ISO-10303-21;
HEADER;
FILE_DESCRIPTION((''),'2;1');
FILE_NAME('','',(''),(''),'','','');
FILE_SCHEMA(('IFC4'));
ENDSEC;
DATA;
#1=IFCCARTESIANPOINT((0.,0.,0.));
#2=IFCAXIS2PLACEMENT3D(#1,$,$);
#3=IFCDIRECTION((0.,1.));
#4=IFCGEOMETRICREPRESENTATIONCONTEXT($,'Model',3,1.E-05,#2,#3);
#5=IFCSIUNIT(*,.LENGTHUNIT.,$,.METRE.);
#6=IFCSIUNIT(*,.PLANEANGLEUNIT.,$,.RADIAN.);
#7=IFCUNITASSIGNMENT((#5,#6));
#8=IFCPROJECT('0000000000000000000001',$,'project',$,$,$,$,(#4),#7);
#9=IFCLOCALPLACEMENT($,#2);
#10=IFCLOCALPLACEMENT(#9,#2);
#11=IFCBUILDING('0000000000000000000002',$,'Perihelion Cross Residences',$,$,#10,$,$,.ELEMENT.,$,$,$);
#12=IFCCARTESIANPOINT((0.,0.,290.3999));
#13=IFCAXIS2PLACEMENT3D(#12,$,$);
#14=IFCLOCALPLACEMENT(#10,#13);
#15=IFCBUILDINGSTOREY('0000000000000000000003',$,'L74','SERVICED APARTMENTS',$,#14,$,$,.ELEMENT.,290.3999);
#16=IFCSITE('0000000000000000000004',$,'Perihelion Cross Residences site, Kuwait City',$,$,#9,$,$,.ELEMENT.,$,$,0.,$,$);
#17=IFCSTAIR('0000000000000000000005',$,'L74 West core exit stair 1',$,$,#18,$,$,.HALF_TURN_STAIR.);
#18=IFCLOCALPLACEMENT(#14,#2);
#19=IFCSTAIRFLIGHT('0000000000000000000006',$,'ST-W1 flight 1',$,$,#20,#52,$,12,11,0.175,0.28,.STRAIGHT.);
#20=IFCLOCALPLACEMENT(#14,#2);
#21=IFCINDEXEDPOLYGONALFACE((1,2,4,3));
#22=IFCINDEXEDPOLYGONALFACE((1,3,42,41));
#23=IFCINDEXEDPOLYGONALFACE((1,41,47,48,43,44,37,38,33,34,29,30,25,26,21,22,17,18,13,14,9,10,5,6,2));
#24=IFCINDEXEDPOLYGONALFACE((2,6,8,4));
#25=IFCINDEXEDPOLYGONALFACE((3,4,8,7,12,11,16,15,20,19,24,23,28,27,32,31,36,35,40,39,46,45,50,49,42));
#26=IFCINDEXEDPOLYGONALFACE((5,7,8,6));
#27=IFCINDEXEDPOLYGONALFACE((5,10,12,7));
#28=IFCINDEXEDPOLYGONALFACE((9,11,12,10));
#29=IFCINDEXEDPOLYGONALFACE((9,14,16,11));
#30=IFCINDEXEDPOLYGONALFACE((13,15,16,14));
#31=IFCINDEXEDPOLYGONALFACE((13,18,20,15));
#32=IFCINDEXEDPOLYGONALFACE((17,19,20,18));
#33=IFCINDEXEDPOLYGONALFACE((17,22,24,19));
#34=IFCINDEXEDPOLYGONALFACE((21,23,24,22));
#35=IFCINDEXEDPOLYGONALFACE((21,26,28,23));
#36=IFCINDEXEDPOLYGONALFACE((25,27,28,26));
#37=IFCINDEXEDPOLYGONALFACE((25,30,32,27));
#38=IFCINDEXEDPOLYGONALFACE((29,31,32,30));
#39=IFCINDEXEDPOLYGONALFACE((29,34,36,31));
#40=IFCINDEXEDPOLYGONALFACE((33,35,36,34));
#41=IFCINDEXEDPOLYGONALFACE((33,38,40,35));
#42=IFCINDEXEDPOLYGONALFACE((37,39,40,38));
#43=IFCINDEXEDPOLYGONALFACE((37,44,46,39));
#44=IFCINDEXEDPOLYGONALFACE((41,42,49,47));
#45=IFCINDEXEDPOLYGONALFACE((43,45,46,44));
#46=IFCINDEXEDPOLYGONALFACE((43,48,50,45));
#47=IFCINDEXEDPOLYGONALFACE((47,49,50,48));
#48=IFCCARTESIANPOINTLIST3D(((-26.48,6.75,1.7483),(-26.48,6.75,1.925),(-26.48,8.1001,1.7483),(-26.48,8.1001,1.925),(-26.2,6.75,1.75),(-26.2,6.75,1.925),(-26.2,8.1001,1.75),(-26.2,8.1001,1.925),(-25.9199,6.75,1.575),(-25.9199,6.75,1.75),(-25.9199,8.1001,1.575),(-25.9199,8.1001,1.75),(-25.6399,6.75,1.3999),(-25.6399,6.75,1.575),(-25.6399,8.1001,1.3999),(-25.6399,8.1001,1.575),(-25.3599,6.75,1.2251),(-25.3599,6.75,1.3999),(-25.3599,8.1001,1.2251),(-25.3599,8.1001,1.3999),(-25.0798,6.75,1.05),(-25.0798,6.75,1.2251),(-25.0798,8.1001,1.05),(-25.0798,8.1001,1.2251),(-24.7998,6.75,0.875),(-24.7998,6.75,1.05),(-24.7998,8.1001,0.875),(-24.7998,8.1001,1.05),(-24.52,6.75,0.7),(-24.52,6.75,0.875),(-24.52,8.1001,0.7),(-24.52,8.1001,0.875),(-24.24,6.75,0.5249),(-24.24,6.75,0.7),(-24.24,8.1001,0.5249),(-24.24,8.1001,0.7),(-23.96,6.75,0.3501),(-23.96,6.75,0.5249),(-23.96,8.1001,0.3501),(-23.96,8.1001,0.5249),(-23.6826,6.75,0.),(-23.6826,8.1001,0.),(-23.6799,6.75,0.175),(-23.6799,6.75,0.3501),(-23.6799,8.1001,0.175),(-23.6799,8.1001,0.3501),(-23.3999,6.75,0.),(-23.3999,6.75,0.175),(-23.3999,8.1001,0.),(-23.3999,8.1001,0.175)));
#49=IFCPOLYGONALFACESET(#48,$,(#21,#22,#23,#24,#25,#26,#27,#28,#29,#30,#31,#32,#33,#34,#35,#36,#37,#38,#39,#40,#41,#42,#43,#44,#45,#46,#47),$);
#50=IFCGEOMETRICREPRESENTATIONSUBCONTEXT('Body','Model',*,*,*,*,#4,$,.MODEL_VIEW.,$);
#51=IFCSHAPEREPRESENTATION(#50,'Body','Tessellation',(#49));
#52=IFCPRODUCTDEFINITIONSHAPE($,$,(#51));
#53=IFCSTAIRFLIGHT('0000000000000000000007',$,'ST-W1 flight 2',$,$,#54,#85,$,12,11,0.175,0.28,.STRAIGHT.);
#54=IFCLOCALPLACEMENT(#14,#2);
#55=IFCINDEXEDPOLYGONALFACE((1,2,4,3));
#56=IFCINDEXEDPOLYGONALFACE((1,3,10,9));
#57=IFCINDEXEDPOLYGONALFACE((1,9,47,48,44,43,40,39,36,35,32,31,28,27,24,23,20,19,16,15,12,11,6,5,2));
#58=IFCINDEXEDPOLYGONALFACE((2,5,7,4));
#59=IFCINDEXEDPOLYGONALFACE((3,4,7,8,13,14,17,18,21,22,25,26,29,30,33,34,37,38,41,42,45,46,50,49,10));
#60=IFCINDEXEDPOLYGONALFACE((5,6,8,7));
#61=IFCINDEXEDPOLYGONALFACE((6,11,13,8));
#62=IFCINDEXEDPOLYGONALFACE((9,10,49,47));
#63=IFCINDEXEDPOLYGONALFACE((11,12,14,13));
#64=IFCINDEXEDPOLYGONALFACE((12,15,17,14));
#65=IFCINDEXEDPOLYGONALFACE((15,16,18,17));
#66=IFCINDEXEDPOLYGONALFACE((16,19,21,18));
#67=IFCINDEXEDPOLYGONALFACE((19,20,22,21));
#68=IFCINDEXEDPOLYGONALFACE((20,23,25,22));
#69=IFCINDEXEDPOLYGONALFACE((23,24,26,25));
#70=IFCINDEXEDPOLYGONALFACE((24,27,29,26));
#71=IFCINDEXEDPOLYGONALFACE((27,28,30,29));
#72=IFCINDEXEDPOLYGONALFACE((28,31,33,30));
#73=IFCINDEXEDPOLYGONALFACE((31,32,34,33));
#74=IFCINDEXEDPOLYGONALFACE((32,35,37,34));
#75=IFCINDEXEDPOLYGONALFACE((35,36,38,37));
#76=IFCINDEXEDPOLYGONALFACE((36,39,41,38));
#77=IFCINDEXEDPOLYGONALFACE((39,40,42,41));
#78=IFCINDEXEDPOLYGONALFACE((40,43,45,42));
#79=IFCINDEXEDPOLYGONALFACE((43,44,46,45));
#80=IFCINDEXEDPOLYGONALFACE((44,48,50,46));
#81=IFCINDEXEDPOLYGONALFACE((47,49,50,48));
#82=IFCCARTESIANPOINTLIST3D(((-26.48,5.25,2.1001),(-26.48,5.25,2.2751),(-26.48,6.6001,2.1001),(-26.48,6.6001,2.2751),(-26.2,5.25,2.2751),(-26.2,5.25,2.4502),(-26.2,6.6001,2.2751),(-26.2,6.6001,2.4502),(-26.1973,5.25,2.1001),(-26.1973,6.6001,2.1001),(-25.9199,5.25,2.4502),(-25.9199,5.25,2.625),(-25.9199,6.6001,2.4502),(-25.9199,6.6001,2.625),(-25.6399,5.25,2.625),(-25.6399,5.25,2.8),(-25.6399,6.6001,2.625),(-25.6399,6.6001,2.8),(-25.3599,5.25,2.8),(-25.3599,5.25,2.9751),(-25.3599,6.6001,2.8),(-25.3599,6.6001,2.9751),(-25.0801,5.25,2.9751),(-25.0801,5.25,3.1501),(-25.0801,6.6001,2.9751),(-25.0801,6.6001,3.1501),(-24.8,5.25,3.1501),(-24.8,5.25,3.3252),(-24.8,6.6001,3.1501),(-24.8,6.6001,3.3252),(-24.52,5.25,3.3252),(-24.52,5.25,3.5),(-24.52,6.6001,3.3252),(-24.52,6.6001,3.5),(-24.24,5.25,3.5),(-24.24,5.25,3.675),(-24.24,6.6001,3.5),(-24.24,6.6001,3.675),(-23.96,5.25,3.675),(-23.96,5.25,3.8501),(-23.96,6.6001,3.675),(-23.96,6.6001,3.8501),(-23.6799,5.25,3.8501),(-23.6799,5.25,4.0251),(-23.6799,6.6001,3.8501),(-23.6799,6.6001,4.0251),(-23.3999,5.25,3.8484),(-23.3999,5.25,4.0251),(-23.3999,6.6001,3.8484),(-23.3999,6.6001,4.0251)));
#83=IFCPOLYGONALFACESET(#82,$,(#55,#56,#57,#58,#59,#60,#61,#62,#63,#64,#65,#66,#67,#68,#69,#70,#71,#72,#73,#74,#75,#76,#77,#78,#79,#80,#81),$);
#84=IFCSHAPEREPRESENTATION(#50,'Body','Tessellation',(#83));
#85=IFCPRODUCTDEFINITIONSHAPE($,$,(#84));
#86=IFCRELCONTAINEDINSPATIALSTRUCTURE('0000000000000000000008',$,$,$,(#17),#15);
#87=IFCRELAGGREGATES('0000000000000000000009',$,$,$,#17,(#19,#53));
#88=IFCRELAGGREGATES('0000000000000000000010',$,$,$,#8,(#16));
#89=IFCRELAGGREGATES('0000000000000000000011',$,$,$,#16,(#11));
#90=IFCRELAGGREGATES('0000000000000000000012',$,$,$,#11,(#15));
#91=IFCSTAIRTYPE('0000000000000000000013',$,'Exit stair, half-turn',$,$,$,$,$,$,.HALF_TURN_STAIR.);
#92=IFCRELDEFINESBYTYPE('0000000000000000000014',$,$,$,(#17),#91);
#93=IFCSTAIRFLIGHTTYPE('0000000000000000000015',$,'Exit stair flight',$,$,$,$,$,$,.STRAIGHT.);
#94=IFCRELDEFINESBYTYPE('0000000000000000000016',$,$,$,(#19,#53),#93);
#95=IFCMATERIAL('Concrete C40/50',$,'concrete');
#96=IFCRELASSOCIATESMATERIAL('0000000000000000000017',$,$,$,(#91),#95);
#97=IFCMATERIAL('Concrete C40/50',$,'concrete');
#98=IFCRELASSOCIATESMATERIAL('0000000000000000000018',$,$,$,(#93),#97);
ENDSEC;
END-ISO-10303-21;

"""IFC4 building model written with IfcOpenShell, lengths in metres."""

from ifc_helpers import new_model, si_unit, direction, frame, origin, place, context, subcontext, project, spatial, polyline, outline, extrude, material, type_object, element, aggregate, save


model = new_model("IFC4")

# Units and contexts
model_context = context("Model", 3, precision=1e-05, world=origin(), true_north=direction((0.0, 1.0)))
body_context = subcontext(model_context, "Body", "Model", "MODEL_VIEW")
ifc_project = project(units=[si_unit("LENGTHUNIT", "METRE"), si_unit("PLANEANGLEUNIT", "RADIAN")], contexts=[model_context])

# Site, building, storey
site_placement = place(None, origin())
site = spatial("IfcSite", under=ifc_project, at=site_placement, Name="Perihelion Cross Residences site, Kuwait City", CompositionType="ELEMENT", RefElevation=0.0)
building_placement = place(site_placement, origin())
building = spatial("IfcBuilding", under=site, at=building_placement, Name="Perihelion Cross Residences", CompositionType="ELEMENT")
storey_placement = place(building_placement, frame((0.0, 0.0, 290.3999)))
storey = spatial("IfcBuildingStorey", under=building, at=storey_placement, Name="L74", Description="SERVICED APARTMENTS", CompositionType="ELEMENT", Elevation=290.3999)

# Stair, stair flights
ifc_material_1 = material(Name="Concrete C40/50", Category="concrete")
stair_type = type_object("IfcStairType", Name="Exit stair, half-turn", PredefinedType="HALF_TURN_STAIR", material=ifc_material_1)
stair_placement = place(storey_placement, origin())
stair = element("IfcStair", 1, at=stair_placement, inside=storey, type_object=stair_type, Name="L74 West core exit stair 1", PredefinedType="HALF_TURN_STAIR")
ifc_material_2 = material(Name="Concrete C40/50", Category="concrete")
stair_flight_type = type_object("IfcStairFlightType", Name="Exit stair flight", PredefinedType="STRAIGHT", material=ifc_material_2)
stair_flight_1_placement = place(storey_placement, frame((-23.3999, 7.425, 0.0), z_axis=(0.0, 0.0, 1.0), x_axis=(-1.0, 0.0, 0.0)))
stair_flight_1 = element("IfcStairFlight", 2, at=stair_flight_1_placement, type_object=stair_flight_type, Name="ST-W1 flight 1", NumberOfRisers=12, NumberOfTreads=11, PredefinedType="STRAIGHT", RiserHeight=0.175, TreadLength=0.28, context=body_context, shape_type="SweptSolid", body=[
    extrude(outline(polyline([(0.0, 0.0), (0.0, 0.175), (0.28, 0.175), (0.28, 0.3501), (0.5601, 0.3501), (0.5601, 0.5249), (0.8401, 0.5249), (0.8401, 0.7), (1.1201, 0.7), (1.1201, 0.875), (1.3999, 0.875), (1.3999, 1.05), (1.6799, 1.05), (1.6799, 1.2251), (1.96, 1.2251), (1.96, 1.3999), (2.24, 1.3999), (2.24, 1.575), (2.52, 1.575), (2.52, 1.75), (2.8, 1.75), (2.8, 1.925), (3.0801, 1.925), (3.0801, 2.1001), (3.0801, 1.7483), (0.2827, 0.0), (0.0, 0.0)])), frame((0.0, 0.675, 0.0), z_axis=(0.0, -1.0, 0.0), x_axis=(1.0, 0.0, 0.0)), (0.0, 0.0, 1.0), 1.3501),
])
stair_flight_2_placement = place(storey_placement, frame((-26.48, 5.925, 2.1001), z_axis=(0.0, 0.0, 1.0), x_axis=(1.0, 0.0, 0.0)))
stair_flight_2 = element("IfcStairFlight", 3, at=stair_flight_2_placement, type_object=stair_flight_type, Name="ST-W1 flight 2", NumberOfRisers=12, NumberOfTreads=11, PredefinedType="STRAIGHT", RiserHeight=0.175, TreadLength=0.28, context=body_context, shape_type="SweptSolid", body=[
    extrude(outline(polyline([(0.0, 0.0), (0.0, 0.175), (0.28, 0.175), (0.28, 0.3501), (0.5601, 0.3501), (0.5601, 0.5249), (0.8401, 0.5249), (0.8401, 0.7), (1.1201, 0.7), (1.1201, 0.875), (1.3999, 0.875), (1.3999, 1.05), (1.6799, 1.05), (1.6799, 1.2251), (1.96, 1.2251), (1.96, 1.3999), (2.24, 1.3999), (2.24, 1.575), (2.52, 1.575), (2.52, 1.75), (2.8, 1.75), (2.8, 1.925), (3.0801, 1.925), (3.0801, 2.1001), (3.0801, 1.7483), (0.2827, 0.0), (0.0, 0.0)])), frame((0.0, 0.675, 0.0), z_axis=(0.0, -1.0, 0.0), x_axis=(1.0, 0.0, 0.0)), (0.0, 0.0, 1.0), 1.3501),
])
aggregate(stair, [stair_flight_1, stair_flight_2])

save(model, "model.ifc")
